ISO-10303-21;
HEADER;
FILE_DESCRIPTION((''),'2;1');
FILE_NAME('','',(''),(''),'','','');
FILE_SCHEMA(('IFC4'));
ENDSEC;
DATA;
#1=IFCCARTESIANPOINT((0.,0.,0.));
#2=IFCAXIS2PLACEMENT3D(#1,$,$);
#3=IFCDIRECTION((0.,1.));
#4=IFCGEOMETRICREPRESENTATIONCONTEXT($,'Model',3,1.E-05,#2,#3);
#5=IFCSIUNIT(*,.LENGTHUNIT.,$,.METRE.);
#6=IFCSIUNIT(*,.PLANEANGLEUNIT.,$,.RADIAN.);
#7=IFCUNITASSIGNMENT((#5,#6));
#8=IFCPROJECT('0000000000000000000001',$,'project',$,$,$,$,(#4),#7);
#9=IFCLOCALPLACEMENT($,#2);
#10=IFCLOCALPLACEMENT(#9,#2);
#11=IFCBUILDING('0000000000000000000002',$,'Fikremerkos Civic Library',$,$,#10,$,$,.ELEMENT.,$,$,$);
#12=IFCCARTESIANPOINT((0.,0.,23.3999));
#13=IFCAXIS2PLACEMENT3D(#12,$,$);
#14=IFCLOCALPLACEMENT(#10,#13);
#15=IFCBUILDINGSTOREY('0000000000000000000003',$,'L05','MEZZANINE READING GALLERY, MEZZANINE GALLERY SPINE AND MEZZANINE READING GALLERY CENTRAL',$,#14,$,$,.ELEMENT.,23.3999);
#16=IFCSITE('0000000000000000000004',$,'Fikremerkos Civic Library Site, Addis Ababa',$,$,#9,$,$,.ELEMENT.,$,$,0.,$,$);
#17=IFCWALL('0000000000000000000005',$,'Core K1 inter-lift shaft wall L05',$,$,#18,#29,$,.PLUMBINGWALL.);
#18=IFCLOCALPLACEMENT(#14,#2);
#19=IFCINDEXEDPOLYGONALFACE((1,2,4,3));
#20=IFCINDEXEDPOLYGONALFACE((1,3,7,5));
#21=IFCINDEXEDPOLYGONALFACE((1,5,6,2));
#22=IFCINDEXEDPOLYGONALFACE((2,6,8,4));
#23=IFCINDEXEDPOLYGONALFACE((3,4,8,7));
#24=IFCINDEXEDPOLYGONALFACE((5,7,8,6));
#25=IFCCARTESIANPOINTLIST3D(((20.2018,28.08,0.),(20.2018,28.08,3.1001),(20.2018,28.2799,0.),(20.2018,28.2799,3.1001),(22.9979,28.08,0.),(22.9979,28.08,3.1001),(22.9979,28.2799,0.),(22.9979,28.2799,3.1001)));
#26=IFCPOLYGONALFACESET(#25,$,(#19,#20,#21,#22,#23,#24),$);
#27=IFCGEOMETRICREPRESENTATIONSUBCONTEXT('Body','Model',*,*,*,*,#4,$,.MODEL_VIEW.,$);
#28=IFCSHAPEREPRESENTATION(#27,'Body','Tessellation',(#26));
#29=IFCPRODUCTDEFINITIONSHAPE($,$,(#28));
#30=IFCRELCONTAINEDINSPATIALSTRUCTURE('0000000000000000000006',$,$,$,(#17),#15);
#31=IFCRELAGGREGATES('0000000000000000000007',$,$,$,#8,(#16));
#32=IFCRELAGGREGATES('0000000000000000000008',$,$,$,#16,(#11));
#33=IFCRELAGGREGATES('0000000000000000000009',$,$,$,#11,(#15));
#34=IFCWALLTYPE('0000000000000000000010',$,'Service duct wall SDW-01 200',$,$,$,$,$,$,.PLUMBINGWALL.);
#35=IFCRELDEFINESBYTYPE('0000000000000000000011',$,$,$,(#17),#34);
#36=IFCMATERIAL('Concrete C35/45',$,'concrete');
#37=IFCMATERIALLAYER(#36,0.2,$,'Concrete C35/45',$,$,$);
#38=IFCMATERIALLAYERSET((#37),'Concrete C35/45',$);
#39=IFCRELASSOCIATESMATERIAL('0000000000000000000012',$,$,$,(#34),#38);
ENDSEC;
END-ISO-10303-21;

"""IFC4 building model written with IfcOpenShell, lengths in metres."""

from ifc_helpers import new_model, si_unit, direction, frame, frame_2d, origin, place, context, subcontext, project, spatial, rectangle, extrude, material, layer, layer_set, type_object, element, save


model = new_model("IFC4")

# Units and contexts
model_context = context("Model", 3, precision=1e-05, world=origin(), true_north=direction((0.0, 1.0)))
body_context = subcontext(model_context, "Body", "Model", "MODEL_VIEW")
ifc_project = project(units=[si_unit("LENGTHUNIT", "METRE"), si_unit("PLANEANGLEUNIT", "RADIAN")], contexts=[model_context])

# Site, building, storey
site_placement = place(None, origin())
site = spatial("IfcSite", under=ifc_project, at=site_placement, Name="Fikremerkos Civic Library Site, Addis Ababa", CompositionType="ELEMENT", RefElevation=0.0)
building_placement = place(site_placement, origin())
building = spatial("IfcBuilding", under=site, at=building_placement, Name="Fikremerkos Civic Library", CompositionType="ELEMENT")
storey_placement = place(building_placement, frame((0.0, 0.0, 23.3999)))
storey = spatial("IfcBuildingStorey", under=building, at=storey_placement, Name="L05", Description="MEZZANINE READING GALLERY, MEZZANINE GALLERY SPINE AND MEZZANINE READING GALLERY CENTRAL", CompositionType="ELEMENT", Elevation=23.3999)

# Wall
ifc_material_1 = material(Name="Concrete C35/45", Category="concrete")
ifc_layer_1 = layer(ifc_material_1, 0.2, Name="Concrete C35/45")
ifc_layer_set_1 = layer_set([ifc_layer_1], Name="Concrete C35/45")
wall_type_1 = type_object("IfcWallType", Name="Service duct wall SDW-01 200", PredefinedType="PLUMBINGWALL", material=ifc_layer_set_1)
wall_1_placement = place(storey_placement, frame((20.2019, 28.1799, 0.0), z_axis=(0.0, 0.0, 1.0), x_axis=(1.0, 0.0, 0.0)))
element("IfcWall", 1, at=wall_1_placement, inside=storey, type_object=wall_type_1, Name="Core K1 inter-lift shaft wall L05", PredefinedType="PLUMBINGWALL", context=body_context, shape_type="SweptSolid", body=[
    extrude(rectangle(XDim=2.7961, YDim=0.2, at=frame_2d((1.3979, 0.0))), origin(), (0.0, 0.0, 1.0), 3.1001),
])

save(model, "model.ifc")
